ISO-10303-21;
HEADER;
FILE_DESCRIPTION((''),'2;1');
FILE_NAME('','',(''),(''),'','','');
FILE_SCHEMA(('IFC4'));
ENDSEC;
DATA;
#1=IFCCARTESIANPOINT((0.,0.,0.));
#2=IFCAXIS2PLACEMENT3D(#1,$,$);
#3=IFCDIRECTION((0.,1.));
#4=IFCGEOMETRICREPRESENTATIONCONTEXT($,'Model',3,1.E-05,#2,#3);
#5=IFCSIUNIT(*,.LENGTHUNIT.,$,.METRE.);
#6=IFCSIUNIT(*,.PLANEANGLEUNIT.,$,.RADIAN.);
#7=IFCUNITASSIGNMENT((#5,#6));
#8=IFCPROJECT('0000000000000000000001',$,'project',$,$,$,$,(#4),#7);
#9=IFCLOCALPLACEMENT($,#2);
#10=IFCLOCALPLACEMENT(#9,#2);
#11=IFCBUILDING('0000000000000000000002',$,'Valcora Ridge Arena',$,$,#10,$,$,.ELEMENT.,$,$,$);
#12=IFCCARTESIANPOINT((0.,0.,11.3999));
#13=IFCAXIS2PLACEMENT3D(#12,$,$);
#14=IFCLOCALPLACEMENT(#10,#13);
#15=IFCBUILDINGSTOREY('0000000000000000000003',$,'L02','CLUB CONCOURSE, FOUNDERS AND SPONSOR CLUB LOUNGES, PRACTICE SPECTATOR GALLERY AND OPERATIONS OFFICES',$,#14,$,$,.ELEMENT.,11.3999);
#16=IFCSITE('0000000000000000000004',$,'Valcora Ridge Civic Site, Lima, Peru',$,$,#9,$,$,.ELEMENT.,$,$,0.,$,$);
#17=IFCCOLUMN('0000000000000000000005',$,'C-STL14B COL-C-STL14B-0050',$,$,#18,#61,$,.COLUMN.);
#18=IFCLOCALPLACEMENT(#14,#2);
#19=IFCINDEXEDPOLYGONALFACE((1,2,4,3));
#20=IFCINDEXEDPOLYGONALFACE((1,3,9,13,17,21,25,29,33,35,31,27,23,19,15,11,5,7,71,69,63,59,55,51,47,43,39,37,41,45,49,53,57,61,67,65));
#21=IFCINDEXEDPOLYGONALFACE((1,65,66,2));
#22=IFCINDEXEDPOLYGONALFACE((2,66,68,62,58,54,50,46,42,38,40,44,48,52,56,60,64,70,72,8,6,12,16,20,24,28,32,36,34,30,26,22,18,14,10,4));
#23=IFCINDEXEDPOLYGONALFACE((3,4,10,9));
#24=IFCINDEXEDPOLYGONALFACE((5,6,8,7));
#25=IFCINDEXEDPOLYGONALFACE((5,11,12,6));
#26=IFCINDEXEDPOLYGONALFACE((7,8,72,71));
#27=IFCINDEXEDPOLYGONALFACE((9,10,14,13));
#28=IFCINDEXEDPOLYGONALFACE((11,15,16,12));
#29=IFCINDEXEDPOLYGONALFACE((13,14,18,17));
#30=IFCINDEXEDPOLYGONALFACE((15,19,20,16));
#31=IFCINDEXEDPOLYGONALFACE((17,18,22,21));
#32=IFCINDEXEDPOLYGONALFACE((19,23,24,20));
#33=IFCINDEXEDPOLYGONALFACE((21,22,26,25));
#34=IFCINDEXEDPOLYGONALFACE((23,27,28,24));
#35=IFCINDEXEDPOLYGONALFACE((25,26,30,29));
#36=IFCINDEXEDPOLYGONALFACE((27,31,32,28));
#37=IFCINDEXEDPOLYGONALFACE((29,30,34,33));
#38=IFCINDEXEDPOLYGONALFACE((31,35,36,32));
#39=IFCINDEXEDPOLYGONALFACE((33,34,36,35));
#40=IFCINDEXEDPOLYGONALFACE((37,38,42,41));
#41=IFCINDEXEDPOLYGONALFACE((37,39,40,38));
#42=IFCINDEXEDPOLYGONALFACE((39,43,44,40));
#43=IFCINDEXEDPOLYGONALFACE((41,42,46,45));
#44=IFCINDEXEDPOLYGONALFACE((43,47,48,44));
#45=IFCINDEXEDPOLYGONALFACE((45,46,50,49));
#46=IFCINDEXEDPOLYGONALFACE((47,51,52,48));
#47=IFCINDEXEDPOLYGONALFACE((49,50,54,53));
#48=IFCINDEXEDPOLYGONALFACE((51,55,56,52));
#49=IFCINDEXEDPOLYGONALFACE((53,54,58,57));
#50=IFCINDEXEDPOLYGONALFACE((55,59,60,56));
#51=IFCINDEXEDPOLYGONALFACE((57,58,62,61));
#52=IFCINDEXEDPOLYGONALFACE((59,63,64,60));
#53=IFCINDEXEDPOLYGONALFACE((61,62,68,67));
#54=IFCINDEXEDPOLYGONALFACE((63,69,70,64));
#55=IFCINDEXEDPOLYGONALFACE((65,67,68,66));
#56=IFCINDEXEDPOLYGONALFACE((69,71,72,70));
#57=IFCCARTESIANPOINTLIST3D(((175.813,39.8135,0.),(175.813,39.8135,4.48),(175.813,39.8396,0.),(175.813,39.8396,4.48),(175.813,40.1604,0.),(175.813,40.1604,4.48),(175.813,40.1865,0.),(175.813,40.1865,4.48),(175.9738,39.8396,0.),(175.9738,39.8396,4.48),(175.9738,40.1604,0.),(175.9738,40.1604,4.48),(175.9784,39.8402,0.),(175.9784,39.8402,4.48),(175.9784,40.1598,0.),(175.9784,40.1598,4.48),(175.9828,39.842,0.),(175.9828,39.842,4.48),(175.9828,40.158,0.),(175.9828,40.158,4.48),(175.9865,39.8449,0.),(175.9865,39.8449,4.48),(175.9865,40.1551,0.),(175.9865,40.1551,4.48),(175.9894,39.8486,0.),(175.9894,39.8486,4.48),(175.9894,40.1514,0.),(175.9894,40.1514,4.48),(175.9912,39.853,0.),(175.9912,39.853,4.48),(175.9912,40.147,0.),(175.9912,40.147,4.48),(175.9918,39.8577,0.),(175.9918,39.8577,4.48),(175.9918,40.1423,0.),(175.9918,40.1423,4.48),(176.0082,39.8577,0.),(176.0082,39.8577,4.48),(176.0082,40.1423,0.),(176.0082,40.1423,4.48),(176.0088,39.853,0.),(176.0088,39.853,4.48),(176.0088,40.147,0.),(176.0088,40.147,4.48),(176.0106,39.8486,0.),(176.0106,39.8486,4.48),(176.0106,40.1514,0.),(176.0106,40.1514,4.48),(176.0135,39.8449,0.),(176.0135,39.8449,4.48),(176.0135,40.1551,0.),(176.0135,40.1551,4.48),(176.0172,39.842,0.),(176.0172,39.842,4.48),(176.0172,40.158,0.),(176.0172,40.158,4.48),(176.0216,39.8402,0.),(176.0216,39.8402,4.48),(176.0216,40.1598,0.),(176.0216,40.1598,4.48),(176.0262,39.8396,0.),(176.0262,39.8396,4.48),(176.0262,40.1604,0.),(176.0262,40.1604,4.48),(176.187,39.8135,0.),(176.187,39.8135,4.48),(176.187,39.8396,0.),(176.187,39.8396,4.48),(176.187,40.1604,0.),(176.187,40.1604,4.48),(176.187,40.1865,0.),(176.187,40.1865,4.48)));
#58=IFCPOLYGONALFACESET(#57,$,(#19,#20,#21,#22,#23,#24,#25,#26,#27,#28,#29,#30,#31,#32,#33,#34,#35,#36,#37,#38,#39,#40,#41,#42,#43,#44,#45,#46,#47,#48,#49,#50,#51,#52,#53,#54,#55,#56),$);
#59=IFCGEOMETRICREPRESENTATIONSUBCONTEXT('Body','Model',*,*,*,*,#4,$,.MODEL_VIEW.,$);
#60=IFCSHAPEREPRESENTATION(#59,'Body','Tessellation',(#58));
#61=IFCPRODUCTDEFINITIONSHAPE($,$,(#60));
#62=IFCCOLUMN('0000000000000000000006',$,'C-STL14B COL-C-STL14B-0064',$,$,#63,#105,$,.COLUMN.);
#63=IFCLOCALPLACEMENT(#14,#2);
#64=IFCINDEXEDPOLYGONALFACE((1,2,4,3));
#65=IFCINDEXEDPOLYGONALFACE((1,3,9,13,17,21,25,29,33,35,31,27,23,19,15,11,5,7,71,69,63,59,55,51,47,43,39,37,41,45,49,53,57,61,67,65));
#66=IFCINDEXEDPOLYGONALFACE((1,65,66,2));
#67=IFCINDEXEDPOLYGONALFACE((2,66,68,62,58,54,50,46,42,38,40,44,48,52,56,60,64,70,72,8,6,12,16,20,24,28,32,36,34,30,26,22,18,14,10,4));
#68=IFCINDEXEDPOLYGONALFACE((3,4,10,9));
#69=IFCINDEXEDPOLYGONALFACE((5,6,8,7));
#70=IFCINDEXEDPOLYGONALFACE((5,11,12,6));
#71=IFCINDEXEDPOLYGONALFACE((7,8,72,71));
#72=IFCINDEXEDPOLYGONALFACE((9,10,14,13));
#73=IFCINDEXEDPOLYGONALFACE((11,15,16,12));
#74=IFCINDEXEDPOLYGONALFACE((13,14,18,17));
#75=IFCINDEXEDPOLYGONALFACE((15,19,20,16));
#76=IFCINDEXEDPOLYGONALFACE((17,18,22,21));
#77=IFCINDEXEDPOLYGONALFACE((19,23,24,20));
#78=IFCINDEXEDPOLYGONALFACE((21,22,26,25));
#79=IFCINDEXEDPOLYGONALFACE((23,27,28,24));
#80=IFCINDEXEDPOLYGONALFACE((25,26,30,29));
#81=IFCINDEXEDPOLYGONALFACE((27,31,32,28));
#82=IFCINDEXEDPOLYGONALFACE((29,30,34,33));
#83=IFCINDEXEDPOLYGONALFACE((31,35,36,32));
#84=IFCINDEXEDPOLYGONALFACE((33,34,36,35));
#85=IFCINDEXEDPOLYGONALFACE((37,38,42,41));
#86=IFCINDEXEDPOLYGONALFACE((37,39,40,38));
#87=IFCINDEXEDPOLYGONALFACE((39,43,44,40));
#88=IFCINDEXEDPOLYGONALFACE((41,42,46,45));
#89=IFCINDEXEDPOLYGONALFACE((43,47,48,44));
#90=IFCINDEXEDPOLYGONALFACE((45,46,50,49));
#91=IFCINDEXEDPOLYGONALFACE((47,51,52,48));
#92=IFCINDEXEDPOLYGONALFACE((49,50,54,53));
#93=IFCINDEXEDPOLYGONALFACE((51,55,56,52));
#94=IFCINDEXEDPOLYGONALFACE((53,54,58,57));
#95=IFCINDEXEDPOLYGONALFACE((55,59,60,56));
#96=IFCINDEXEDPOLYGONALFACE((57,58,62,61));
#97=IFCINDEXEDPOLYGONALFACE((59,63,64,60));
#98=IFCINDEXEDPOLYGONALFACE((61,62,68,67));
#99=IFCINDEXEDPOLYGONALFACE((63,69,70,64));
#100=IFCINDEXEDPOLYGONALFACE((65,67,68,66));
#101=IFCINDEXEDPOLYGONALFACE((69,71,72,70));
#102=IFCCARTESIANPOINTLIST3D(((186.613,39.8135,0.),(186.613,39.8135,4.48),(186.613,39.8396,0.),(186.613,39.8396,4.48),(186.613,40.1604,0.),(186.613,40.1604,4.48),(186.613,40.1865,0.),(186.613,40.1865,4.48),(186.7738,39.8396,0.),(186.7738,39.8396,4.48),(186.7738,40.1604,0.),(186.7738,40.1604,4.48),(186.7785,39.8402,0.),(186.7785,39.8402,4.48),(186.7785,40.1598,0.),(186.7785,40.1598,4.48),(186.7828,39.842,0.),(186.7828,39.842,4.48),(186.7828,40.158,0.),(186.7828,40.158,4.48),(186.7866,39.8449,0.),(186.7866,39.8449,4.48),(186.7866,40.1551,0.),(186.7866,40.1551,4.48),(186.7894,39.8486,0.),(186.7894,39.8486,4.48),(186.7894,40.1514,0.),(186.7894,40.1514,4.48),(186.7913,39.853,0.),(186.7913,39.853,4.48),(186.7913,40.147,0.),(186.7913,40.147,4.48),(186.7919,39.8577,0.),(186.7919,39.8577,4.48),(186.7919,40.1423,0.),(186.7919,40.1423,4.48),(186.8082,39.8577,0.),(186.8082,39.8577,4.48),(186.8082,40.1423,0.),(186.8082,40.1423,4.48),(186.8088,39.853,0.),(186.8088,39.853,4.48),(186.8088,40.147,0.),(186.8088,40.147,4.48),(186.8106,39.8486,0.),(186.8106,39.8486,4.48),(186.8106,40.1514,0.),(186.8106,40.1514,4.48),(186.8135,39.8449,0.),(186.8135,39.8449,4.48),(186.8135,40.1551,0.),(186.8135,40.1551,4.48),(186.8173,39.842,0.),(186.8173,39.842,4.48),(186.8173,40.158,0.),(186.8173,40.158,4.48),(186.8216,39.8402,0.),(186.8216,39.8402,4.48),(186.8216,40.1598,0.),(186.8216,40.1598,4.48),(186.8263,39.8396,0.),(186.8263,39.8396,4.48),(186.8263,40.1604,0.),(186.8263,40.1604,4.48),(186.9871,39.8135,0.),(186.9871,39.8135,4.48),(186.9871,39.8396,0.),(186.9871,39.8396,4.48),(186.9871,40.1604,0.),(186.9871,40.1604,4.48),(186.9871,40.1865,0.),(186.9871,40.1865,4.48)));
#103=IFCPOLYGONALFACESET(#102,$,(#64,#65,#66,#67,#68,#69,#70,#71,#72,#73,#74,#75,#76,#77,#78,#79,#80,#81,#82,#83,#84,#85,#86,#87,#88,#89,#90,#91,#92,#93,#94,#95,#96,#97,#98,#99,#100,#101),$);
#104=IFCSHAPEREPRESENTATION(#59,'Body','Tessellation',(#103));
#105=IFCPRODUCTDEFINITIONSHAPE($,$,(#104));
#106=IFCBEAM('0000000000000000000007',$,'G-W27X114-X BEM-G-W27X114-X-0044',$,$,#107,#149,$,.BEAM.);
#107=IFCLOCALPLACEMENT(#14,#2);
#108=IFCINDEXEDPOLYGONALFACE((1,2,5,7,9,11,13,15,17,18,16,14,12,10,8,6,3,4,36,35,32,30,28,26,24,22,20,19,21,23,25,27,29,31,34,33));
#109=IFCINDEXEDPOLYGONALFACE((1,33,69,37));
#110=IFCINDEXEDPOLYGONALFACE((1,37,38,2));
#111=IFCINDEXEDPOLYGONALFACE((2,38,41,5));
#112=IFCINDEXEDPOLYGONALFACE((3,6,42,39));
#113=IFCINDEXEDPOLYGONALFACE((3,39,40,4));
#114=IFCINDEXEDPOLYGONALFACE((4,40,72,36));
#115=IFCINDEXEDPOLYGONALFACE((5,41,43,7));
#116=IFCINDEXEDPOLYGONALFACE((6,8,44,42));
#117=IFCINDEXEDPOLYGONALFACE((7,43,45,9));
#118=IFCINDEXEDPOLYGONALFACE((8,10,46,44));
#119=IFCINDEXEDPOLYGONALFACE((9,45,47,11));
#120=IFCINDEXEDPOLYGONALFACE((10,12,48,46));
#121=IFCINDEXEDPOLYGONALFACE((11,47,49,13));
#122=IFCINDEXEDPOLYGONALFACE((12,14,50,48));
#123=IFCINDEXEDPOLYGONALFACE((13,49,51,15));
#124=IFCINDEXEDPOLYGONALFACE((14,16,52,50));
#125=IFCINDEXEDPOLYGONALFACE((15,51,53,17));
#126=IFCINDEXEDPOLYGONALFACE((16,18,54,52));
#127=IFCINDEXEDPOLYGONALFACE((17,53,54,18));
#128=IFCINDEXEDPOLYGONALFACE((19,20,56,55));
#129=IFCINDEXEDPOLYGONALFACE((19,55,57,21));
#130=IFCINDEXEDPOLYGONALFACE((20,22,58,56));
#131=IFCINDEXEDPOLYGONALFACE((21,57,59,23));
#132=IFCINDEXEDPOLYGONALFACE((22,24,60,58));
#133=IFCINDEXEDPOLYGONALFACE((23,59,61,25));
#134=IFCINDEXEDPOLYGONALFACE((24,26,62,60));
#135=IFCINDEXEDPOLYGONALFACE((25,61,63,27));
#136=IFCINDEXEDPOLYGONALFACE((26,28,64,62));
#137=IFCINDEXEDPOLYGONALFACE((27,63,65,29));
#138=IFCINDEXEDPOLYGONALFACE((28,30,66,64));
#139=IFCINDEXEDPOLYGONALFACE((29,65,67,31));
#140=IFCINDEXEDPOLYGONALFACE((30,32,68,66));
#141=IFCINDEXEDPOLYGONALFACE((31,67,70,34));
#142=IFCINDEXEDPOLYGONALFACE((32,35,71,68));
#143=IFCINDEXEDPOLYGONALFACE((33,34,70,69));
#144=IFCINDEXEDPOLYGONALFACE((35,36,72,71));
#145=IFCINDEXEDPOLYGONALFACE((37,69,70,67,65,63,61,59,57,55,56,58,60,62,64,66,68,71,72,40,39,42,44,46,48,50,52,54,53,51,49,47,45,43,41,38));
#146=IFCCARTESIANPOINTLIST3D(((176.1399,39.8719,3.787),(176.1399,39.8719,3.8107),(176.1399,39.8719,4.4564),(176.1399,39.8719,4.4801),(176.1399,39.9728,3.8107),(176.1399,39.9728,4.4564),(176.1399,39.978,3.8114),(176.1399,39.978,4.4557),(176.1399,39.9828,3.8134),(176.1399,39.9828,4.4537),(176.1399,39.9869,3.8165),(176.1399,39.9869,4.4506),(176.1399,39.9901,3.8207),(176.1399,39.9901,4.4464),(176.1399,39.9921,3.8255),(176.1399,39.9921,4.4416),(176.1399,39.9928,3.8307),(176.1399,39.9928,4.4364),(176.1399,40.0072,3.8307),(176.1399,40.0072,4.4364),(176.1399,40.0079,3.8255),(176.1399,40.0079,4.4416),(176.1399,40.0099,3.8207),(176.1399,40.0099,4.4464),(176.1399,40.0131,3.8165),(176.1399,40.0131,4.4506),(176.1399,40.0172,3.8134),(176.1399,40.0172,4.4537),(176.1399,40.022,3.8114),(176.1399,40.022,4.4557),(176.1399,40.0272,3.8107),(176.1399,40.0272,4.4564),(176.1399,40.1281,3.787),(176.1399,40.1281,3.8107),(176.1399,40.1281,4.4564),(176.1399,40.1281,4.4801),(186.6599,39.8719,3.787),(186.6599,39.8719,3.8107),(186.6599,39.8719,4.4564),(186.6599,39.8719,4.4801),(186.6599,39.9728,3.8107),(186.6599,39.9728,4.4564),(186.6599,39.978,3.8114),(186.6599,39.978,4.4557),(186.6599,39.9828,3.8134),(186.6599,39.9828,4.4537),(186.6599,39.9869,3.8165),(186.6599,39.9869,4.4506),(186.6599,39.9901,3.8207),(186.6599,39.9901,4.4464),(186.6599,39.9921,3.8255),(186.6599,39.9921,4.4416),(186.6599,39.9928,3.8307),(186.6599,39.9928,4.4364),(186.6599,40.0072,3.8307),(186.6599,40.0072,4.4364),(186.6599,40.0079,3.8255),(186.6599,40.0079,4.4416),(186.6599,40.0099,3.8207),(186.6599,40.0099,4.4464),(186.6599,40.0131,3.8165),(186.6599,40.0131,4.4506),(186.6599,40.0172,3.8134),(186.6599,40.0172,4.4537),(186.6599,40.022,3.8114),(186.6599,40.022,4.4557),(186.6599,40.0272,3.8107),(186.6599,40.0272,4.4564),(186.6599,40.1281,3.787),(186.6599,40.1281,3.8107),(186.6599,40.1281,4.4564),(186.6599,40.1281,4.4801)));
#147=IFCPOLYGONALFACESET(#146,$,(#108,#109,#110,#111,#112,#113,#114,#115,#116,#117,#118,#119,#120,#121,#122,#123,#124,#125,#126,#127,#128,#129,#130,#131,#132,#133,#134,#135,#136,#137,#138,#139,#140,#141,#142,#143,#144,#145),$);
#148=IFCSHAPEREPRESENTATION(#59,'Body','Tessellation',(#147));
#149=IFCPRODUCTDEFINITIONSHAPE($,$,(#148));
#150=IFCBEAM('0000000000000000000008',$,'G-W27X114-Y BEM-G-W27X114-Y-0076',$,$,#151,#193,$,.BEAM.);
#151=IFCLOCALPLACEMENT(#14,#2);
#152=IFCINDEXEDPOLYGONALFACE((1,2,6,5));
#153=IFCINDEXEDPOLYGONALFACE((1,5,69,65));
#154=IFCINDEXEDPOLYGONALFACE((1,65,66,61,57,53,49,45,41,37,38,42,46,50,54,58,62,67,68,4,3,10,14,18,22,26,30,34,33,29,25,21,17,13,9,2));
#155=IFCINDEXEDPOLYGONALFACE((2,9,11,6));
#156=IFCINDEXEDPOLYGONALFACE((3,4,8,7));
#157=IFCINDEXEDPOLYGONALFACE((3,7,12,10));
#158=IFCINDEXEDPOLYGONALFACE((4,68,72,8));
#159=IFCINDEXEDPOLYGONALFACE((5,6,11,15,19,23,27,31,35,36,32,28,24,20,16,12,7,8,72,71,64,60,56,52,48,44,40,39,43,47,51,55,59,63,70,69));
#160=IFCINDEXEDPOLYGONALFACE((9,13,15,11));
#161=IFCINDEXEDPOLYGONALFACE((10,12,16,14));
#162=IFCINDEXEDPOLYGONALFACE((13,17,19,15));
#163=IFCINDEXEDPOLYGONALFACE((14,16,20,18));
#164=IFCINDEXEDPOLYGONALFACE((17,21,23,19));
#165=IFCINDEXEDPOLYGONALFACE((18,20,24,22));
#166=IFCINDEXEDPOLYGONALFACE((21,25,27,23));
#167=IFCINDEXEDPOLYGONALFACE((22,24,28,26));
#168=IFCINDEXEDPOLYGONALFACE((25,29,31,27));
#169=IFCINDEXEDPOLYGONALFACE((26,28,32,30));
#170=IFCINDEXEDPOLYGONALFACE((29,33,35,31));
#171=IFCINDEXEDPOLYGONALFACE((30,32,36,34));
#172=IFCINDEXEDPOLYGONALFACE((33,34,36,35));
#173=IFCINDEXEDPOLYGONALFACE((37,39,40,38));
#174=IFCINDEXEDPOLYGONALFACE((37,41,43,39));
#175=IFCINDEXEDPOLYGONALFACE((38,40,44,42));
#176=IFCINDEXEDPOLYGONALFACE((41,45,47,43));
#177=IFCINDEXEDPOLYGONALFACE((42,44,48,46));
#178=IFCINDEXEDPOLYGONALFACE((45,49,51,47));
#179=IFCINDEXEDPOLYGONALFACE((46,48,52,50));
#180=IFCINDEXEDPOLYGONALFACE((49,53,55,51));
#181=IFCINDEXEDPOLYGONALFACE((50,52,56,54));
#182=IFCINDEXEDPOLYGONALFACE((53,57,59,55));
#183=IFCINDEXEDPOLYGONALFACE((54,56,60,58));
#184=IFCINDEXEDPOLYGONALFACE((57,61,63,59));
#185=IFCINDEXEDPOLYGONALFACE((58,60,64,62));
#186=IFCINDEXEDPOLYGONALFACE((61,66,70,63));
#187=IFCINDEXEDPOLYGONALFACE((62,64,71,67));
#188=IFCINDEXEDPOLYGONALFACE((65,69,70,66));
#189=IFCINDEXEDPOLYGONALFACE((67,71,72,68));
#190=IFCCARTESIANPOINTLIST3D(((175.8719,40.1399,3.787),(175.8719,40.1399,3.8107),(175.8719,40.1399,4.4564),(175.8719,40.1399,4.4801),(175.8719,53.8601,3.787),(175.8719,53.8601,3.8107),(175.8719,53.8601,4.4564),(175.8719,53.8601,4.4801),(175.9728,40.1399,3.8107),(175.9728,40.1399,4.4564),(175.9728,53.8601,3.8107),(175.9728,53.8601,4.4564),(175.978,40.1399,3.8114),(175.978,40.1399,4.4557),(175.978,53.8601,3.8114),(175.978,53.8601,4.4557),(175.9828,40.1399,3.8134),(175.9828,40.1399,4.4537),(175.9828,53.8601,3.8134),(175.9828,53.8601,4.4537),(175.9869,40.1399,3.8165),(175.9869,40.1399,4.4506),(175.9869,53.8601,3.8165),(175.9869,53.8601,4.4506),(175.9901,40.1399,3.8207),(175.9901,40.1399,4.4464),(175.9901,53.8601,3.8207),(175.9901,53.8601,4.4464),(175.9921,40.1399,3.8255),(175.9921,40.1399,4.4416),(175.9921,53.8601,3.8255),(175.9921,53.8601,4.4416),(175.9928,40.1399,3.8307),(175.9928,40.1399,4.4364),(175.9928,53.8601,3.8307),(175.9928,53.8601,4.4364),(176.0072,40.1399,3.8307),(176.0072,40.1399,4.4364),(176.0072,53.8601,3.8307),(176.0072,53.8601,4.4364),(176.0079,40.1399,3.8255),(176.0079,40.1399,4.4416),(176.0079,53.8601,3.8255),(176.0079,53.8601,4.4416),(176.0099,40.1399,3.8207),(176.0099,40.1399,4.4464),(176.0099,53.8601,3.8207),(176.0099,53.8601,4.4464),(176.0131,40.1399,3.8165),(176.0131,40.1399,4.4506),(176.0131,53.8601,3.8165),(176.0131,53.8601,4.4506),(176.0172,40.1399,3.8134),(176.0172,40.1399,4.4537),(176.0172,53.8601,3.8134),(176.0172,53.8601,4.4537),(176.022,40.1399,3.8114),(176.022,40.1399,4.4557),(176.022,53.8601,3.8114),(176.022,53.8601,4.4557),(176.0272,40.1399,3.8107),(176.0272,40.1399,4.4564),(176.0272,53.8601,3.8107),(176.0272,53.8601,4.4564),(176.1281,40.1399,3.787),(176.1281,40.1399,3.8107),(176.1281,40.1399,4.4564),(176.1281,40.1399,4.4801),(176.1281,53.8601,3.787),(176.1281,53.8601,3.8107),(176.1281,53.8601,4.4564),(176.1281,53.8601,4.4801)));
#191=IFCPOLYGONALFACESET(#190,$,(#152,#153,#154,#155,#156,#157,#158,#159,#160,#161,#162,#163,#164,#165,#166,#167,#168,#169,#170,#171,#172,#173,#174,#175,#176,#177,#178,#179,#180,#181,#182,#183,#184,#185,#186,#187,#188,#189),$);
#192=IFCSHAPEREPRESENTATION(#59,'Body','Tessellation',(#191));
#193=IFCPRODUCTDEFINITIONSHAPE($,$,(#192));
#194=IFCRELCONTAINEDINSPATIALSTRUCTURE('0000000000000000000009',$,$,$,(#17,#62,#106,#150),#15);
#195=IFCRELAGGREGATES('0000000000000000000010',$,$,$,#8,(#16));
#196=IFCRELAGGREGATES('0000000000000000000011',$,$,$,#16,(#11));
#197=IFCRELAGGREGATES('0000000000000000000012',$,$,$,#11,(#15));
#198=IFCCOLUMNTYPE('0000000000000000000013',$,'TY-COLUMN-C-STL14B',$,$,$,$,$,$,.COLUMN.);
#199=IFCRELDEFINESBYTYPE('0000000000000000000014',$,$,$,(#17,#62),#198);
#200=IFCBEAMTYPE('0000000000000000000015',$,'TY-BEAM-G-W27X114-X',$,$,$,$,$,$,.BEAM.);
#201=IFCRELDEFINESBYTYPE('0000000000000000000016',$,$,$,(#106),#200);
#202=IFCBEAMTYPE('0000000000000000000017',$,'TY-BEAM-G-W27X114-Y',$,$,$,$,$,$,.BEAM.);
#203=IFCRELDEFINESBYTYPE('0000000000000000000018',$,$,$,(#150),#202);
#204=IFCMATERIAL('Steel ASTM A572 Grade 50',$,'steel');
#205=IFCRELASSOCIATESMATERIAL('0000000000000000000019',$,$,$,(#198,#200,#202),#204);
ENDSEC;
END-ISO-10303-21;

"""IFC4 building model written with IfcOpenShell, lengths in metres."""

from ifc_helpers import new_model, si_unit, direction, frame, origin, origin_2d, place, context, subcontext, project, spatial, i_section, extrude, material, material_profile, profile_set, type_object, element, save


model = new_model("IFC4")

# Units and contexts
model_context = context("Model", 3, precision=1e-05, world=origin(), true_north=direction((0.0, 1.0)))
body_context = subcontext(model_context, "Body", "Model", "MODEL_VIEW")
ifc_project = project(units=[si_unit("LENGTHUNIT", "METRE"), si_unit("PLANEANGLEUNIT", "RADIAN")], contexts=[model_context])

# Site, building, storey
site_placement = place(None, origin())
site = spatial("IfcSite", under=ifc_project, at=site_placement, Name="Valcora Ridge Civic Site, Lima, Peru", CompositionType="ELEMENT", RefElevation=0.0)
building_placement = place(site_placement, origin())
building = spatial("IfcBuilding", under=site, at=building_placement, Name="Valcora Ridge Arena", CompositionType="ELEMENT")
storey_placement = place(building_placement, frame((0.0, 0.0, 11.3999)))
storey = spatial("IfcBuildingStorey", under=building, at=storey_placement, Name="L02", Description="CLUB CONCOURSE, FOUNDERS AND SPONSOR CLUB LOUNGES, PRACTICE SPECTATOR GALLERY AND OPERATIONS OFFICES", CompositionType="ELEMENT", Elevation=11.3999)

# Columns
ifc_material_1 = material(Name="Steel ASTM A572 Grade 50", Category="steel")
ifc_material_profile_1 = material_profile(ifc_material_1, i_section(OverallWidth=0.374, OverallDepth=0.373, WebThickness=0.0164, FlangeThickness=0.0261, FilletRadius=0.0181, at=origin_2d()), Name="W14X132")
ifc_profile_set_1 = profile_set([ifc_material_profile_1], Name="Steel ASTM A572 Grade 50")
column_type = type_object("IfcColumnType", Name="TY-COLUMN-C-STL14B", PredefinedType="COLUMN", material=ifc_profile_set_1)
for number, where, z_axis, x_axis, name in (
    (1, (176.0, 40.0, 0.0), (0.0, 0.0, 1.0), (1.0, 0.0, 0.0), "C-STL14B COL-C-STL14B-0050"),
    (2, (186.8, 40.0, 0.0), (0.0, 0.0, 1.0), (1.0, 0.0, 0.0), "C-STL14B COL-C-STL14B-0064"),
):
    element("IfcColumn", number, at=place(storey_placement, frame(where, z_axis=z_axis, x_axis=x_axis)), inside=storey, type_object=column_type, Name=name, PredefinedType="COLUMN", context=body_context, shape_type="SweptSolid", body=[
        extrude(i_section(OverallWidth=0.374, OverallDepth=0.373, WebThickness=0.0164, FlangeThickness=0.0261, FilletRadius=0.0181, at=origin_2d()), origin(), (0.0, 0.0, 1.0), 4.48),
    ])

# Beams
ifc_material_profile_2 = material_profile(ifc_material_1, i_section(OverallWidth=0.2561, OverallDepth=0.6931, WebThickness=0.0144, FlangeThickness=0.0237, FilletRadius=0.02, at=origin_2d()), Name="W27X114")
ifc_profile_set_2 = profile_set([ifc_material_profile_2], Name="Steel ASTM A572 Grade 50")
beam_type_1 = type_object("IfcBeamType", Name="TY-BEAM-G-W27X114-X", PredefinedType="BEAM", material=ifc_profile_set_2)
beam_placement = place(storey_placement, frame((176.1399, 40.0, 4.1335), z_axis=(1.0, 0.0, 0.0), x_axis=(0.0, 1.0, 0.0)))
element("IfcBeam", 3, at=beam_placement, inside=storey, type_object=beam_type_1, Name="G-W27X114-X BEM-G-W27X114-X-0044", PredefinedType="BEAM", context=body_context, shape_type="SweptSolid", body=[
    extrude(i_section(OverallWidth=0.2561, OverallDepth=0.6931, WebThickness=0.0144, FlangeThickness=0.0237, FilletRadius=0.02, at=origin_2d()), origin(), (0.0, 0.0, 1.0), 10.52),
])
ifc_material_profile_3 = material_profile(ifc_material_1, i_section(OverallWidth=0.2561, OverallDepth=0.6931, WebThickness=0.0144, FlangeThickness=0.0237, FilletRadius=0.02, at=origin_2d()), Name="W27X114")
ifc_profile_set_3 = profile_set([ifc_material_profile_3], Name="Steel ASTM A572 Grade 50")
beam_type_2 = type_object("IfcBeamType", Name="TY-BEAM-G-W27X114-Y", PredefinedType="BEAM", material=ifc_profile_set_3)
for number, where, z_axis, x_axis, name in (
    (4, (176.0, 40.1399, 4.1335), (0.0, 1.0, 0.0), (-1.0, 0.0, 0.0), "G-W27X114-Y BEM-G-W27X114-Y-0076"),
):
    element("IfcBeam", number, at=place(storey_placement, frame(where, z_axis=z_axis, x_axis=x_axis)), inside=storey, type_object=beam_type_2, Name=name, PredefinedType="BEAM", context=body_context, shape_type="SweptSolid", body=[
        extrude(i_section(OverallWidth=0.2561, OverallDepth=0.6931, WebThickness=0.0144, FlangeThickness=0.0237, FilletRadius=0.02, at=origin_2d()), origin(), (0.0, 0.0, 1.0), 13.7202),
    ])

save(model, "model.ifc")
